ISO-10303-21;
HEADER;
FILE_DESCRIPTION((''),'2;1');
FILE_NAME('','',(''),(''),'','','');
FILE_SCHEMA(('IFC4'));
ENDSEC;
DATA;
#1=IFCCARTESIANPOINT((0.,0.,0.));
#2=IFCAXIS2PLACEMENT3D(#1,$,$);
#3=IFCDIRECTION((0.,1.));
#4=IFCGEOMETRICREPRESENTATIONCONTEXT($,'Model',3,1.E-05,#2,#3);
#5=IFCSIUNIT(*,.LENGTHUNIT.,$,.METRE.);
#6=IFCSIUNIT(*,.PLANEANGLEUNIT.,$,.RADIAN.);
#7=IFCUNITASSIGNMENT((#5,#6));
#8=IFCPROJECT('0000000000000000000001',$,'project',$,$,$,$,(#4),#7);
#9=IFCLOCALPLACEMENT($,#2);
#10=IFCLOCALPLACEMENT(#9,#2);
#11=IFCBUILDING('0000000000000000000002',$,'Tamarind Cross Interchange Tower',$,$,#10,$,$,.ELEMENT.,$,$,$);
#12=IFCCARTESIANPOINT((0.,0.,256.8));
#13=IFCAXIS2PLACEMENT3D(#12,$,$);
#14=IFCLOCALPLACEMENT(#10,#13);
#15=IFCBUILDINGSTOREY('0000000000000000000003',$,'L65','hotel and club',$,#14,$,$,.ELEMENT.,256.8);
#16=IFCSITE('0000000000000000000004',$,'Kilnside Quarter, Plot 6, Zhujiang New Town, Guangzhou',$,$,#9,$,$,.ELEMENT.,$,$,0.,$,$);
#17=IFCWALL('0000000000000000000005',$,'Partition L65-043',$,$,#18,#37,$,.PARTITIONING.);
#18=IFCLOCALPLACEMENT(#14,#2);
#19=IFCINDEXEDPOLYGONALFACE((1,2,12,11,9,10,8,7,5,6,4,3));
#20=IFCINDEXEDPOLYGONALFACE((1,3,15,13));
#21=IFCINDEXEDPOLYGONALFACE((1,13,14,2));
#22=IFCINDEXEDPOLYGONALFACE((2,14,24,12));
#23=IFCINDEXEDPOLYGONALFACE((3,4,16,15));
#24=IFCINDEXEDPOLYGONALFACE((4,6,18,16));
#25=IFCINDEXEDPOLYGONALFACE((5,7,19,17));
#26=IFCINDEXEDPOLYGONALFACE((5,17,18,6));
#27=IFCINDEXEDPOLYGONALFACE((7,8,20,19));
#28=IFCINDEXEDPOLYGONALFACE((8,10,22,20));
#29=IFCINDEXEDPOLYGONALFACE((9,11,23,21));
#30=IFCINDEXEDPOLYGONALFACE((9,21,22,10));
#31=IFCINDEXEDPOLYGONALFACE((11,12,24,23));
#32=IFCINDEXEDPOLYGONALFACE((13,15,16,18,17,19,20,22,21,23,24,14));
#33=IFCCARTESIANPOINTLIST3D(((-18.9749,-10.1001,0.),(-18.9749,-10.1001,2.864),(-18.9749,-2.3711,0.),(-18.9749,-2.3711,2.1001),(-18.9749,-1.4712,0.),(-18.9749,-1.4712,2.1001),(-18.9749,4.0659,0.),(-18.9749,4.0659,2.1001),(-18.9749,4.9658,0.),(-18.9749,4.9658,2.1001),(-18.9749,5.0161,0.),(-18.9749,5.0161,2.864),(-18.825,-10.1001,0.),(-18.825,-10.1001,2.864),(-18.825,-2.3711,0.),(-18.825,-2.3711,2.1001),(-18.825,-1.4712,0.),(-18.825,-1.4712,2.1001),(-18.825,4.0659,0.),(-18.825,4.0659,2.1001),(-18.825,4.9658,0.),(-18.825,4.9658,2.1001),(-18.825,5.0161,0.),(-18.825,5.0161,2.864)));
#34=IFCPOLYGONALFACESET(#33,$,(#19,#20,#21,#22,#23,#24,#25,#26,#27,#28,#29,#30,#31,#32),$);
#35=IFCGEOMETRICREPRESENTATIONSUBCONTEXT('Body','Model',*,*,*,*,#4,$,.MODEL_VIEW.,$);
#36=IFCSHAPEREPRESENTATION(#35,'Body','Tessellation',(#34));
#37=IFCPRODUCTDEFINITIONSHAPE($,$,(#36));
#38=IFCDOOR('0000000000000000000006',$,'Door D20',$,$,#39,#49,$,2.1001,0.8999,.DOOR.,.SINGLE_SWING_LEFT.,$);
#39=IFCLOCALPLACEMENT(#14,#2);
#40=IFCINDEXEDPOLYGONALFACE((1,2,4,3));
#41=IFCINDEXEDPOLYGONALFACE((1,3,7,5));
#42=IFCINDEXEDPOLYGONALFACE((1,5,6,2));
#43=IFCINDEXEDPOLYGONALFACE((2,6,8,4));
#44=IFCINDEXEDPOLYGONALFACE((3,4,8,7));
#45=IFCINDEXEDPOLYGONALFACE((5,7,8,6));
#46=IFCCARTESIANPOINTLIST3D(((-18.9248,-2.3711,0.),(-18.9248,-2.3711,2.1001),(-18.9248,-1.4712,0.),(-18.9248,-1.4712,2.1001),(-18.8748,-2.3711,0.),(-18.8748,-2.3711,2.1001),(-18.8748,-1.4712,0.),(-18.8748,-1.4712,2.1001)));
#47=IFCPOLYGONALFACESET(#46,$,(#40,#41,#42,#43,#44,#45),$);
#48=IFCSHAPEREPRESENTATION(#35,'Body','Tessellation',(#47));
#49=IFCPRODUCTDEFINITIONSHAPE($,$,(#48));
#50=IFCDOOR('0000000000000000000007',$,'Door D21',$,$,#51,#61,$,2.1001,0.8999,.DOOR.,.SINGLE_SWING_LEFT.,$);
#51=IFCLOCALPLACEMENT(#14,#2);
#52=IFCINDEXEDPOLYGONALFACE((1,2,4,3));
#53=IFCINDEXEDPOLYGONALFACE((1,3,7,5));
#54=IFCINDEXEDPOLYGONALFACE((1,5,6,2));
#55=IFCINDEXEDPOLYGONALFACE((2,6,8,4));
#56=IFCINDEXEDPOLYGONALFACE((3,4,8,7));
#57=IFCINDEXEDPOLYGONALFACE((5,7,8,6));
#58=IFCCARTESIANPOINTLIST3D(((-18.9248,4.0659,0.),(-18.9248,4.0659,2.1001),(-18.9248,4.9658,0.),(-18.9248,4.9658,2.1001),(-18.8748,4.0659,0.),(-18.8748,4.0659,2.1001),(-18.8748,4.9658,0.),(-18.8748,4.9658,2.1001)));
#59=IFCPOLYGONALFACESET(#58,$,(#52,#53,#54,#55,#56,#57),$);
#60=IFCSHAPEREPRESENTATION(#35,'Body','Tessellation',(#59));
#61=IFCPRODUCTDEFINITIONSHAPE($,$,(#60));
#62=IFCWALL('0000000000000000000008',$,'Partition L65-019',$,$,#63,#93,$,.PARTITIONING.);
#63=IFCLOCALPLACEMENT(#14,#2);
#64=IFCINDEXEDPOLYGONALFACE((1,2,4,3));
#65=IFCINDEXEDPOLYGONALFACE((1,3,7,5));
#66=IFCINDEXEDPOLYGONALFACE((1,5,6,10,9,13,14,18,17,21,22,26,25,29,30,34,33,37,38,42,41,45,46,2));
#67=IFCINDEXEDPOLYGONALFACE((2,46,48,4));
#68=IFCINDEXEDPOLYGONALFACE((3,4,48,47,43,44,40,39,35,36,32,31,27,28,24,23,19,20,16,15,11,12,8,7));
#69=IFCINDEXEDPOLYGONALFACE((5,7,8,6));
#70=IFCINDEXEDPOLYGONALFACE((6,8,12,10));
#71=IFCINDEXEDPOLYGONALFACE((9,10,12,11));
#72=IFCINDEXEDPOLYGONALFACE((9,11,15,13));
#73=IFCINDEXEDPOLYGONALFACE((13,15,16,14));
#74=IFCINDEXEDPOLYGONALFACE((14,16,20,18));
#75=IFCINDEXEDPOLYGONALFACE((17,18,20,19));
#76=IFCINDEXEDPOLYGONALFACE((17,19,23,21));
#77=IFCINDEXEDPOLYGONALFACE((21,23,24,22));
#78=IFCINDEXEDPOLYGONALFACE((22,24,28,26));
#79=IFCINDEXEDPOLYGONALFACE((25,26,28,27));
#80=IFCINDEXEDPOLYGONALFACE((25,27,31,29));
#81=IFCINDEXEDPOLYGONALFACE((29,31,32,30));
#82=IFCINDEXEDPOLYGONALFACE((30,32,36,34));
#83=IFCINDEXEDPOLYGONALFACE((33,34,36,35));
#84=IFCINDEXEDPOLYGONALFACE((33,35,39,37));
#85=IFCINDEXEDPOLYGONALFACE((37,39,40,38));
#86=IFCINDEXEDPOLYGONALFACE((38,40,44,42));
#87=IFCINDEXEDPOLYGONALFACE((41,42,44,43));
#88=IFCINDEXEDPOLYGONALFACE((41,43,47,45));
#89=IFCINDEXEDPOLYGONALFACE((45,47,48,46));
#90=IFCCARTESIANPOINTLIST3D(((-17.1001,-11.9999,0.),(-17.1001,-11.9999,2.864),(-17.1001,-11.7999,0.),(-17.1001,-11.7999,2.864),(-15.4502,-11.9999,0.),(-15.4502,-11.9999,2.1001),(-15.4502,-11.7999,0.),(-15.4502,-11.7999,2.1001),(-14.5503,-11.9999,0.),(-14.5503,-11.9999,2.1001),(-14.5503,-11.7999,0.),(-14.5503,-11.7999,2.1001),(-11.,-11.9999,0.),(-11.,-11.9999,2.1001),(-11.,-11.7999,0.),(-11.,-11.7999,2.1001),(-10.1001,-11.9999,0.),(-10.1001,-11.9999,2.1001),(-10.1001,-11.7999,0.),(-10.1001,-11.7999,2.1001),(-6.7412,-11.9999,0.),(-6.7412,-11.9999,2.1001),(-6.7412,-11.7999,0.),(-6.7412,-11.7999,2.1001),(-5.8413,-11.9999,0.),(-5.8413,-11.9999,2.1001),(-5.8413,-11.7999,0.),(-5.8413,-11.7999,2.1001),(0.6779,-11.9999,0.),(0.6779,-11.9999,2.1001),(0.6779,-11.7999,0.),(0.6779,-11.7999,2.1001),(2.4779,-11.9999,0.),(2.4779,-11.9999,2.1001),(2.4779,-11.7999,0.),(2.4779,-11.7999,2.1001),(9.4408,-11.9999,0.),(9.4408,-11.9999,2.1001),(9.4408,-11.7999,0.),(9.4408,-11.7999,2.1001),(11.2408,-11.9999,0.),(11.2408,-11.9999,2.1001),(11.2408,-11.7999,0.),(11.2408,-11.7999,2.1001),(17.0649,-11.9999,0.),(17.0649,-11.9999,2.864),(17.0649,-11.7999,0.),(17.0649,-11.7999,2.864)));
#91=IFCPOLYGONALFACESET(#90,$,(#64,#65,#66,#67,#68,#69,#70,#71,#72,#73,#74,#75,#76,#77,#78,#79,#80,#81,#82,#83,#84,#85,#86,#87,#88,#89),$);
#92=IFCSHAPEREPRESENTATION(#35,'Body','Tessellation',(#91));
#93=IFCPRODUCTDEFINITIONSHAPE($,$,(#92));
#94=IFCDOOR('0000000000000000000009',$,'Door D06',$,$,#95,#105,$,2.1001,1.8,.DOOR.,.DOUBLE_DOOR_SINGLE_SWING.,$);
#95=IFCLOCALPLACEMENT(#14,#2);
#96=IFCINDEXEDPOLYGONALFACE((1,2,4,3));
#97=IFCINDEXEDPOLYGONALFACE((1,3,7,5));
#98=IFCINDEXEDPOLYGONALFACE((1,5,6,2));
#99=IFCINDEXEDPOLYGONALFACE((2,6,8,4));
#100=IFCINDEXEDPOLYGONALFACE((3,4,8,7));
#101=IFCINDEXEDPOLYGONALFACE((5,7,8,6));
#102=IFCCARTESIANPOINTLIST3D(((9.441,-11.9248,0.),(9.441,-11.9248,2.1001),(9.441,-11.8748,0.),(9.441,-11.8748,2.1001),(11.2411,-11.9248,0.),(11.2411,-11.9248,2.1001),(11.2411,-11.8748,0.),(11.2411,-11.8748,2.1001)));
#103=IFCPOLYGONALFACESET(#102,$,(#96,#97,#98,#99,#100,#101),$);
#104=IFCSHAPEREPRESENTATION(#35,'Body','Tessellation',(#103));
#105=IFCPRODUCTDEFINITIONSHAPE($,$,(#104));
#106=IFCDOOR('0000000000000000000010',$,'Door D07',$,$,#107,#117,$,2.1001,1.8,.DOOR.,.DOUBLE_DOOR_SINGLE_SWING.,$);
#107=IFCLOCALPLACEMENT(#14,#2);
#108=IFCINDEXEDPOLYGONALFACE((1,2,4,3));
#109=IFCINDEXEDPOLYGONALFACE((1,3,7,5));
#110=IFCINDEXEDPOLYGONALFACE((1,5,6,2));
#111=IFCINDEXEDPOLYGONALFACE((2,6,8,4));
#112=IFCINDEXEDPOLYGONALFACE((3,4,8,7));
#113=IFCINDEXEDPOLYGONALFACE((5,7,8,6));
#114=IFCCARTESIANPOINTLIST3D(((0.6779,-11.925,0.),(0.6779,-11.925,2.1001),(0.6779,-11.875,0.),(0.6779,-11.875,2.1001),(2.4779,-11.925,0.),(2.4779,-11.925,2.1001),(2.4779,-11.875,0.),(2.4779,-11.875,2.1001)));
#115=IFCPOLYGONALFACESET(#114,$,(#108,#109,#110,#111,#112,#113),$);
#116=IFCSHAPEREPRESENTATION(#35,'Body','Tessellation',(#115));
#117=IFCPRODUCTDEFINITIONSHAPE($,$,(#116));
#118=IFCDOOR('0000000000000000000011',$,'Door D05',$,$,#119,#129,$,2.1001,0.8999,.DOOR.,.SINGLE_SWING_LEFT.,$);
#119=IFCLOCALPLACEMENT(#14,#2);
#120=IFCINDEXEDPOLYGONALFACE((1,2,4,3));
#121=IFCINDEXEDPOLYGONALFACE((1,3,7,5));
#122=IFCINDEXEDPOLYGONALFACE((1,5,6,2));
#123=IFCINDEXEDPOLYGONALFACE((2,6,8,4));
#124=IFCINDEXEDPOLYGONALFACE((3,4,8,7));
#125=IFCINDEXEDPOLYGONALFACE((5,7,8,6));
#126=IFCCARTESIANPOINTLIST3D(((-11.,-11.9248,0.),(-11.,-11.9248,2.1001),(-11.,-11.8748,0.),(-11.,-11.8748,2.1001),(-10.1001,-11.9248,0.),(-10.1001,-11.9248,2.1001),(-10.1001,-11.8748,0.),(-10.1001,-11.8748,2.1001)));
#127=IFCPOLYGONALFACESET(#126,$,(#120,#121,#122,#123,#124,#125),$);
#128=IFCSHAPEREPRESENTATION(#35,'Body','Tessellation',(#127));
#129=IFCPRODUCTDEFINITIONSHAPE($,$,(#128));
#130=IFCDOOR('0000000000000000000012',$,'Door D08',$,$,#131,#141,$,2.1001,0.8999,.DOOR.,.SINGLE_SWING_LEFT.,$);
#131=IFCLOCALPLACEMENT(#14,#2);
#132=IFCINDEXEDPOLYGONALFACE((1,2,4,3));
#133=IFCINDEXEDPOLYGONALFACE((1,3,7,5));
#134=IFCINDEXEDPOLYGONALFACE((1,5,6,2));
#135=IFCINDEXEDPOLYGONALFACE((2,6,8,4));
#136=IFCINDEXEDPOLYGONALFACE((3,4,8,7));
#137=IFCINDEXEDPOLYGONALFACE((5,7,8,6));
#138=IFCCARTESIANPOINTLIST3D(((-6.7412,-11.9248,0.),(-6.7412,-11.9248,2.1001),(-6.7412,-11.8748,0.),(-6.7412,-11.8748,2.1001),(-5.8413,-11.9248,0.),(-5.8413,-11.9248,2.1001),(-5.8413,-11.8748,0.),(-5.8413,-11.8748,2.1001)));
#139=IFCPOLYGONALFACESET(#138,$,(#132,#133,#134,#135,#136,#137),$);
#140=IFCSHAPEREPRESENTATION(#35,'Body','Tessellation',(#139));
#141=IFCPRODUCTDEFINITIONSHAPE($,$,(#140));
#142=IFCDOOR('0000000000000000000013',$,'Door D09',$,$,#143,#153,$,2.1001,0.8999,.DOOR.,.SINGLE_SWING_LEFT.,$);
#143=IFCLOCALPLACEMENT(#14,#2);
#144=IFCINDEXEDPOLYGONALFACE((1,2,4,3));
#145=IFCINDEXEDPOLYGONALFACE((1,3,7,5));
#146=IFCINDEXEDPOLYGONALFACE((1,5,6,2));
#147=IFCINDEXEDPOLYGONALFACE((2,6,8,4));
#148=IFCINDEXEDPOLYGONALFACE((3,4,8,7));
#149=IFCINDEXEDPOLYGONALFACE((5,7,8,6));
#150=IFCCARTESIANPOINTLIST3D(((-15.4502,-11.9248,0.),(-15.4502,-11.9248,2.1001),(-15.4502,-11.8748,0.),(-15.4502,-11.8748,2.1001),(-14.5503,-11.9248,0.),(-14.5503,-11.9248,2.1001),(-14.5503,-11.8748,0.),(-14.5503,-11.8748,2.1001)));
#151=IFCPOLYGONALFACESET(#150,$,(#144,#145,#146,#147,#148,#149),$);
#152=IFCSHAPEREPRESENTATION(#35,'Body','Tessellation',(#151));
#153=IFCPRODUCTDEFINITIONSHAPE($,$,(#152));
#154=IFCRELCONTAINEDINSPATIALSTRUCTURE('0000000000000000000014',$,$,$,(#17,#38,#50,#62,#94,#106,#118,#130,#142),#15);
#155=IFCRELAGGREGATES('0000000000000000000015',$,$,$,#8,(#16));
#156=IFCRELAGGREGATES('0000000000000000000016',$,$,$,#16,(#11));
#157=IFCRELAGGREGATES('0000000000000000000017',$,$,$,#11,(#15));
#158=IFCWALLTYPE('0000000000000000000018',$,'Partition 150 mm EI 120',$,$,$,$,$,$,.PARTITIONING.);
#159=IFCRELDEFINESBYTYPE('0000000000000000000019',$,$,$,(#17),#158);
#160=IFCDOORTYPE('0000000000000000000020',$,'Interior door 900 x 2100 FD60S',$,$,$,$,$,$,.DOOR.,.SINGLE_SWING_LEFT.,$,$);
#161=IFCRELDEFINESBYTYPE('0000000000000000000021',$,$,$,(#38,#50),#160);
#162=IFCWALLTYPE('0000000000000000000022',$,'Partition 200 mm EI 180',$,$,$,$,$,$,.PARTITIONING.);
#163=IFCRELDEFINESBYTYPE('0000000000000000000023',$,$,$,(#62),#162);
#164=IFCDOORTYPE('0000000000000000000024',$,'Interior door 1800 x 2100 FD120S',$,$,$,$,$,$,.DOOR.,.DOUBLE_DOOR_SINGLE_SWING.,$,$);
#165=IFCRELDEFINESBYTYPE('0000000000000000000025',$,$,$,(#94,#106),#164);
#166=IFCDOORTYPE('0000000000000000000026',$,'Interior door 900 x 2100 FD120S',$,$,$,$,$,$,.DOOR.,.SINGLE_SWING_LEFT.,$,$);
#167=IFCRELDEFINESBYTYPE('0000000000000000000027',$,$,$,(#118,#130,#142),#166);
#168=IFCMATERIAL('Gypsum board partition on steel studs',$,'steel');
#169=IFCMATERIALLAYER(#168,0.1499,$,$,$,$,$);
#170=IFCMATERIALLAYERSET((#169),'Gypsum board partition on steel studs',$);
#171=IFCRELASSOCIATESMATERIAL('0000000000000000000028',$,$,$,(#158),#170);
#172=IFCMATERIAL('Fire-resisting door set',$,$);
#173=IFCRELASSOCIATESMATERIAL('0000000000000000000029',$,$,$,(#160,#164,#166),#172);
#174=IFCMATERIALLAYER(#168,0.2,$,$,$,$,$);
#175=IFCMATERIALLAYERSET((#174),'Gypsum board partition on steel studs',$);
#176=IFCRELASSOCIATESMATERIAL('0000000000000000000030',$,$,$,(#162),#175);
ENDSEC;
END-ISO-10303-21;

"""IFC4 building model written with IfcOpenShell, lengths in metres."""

from ifc_helpers import new_model, si_unit, direction, frame, frame_2d, origin, place, context, subcontext, project, spatial, rectangle, extrude, material, layer, layer_set, type_object, element, fill, save


model = new_model("IFC4")

# Units and contexts
model_context = context("Model", 3, precision=1e-05, world=origin(), true_north=direction((0.0, 1.0)))
body_context = subcontext(model_context, "Body", "Model", "MODEL_VIEW")
ifc_project = project(units=[si_unit("LENGTHUNIT", "METRE"), si_unit("PLANEANGLEUNIT", "RADIAN")], contexts=[model_context])

# Site, building, storey
site_placement = place(None, origin())
site = spatial("IfcSite", under=ifc_project, at=site_placement, Name="Kilnside Quarter, Plot 6, Zhujiang New Town, Guangzhou", CompositionType="ELEMENT", RefElevation=0.0)
building_placement = place(site_placement, origin())
building = spatial("IfcBuilding", under=site, at=building_placement, Name="Tamarind Cross Interchange Tower", CompositionType="ELEMENT")
storey_placement = place(building_placement, frame((0.0, 0.0, 256.8)))
storey = spatial("IfcBuildingStorey", under=building, at=storey_placement, Name="L65", Description="hotel and club", CompositionType="ELEMENT", Elevation=256.8)

# Shared definitions
ifc_material_1 = material(Name="Gypsum board partition on steel studs", Category="steel")
ifc_layer_1 = layer(ifc_material_1, 0.1499)
ifc_layer_set_1 = layer_set([ifc_layer_1], Name="Gypsum board partition on steel studs")
wall_type_1 = type_object("IfcWallType", Name="Partition 150 mm EI 120", PredefinedType="PARTITIONING", material=ifc_layer_set_1)

# Walls, openings, doors
wall_1_placement = place(storey_placement, frame((-18.8999, -10.1001, 0.0), z_axis=(0.0, 0.0, 1.0), x_axis=(0.0, 1.0, 0.0)))
wall_1 = element("IfcWall", 1, at=wall_1_placement, inside=storey, type_object=wall_type_1, Name="Partition L65-043", PredefinedType="PARTITIONING", context=body_context, shape_type="SweptSolid", body=[
    extrude(rectangle(XDim=15.1162, YDim=0.1499, at=frame_2d((7.5581, 0.0))), origin(), (0.0, 0.0, 1.0), 2.864),
])
opening_1_placement = place(wall_1_placement, frame((7.729, 0.0, 0.0)))
opening_1 = element("IfcOpeningElement", 2, at=opening_1_placement, cuts=wall_1, PredefinedType="OPENING", context=body_context, shape_type="SweptSolid", body=[
    extrude(rectangle(XDim=0.8999, YDim=2.1001, at=frame_2d((0.45, 1.05))), frame((0.0, 0.085, 0.0), z_axis=(0.0, -1.0, 0.0), x_axis=(1.0, 0.0, 0.0)), (0.0, 0.0, 1.0), 0.1699),
])
opening_2_placement = place(wall_1_placement, frame((14.166, 0.0, 0.0)))
opening_2 = element("IfcOpeningElement", 3, at=opening_2_placement, cuts=wall_1, PredefinedType="OPENING", context=body_context, shape_type="SweptSolid", body=[
    extrude(rectangle(XDim=0.8999, YDim=2.1001, at=frame_2d((0.45, 1.05))), frame((0.0, 0.085, 0.0), z_axis=(0.0, -1.0, 0.0), x_axis=(1.0, 0.0, 0.0)), (0.0, 0.0, 1.0), 0.1699),
])
ifc_material_2 = material(Name="Fire-resisting door set")
door_type_1 = type_object("IfcDoorType", Name="Interior door 900 x 2100 FD60S", OperationType="SINGLE_SWING_LEFT", PredefinedType="DOOR", material=ifc_material_2)
door_1_placement = place(opening_1_placement, origin())
door_1 = element("IfcDoor", 4, at=door_1_placement, inside=storey, type_object=door_type_1, Name="Door D20", OperationType="SINGLE_SWING_LEFT", OverallHeight=2.1001, OverallWidth=0.8999, PredefinedType="DOOR", context=body_context, shape_type="SweptSolid", body=[
    extrude(rectangle(XDim=0.8999, YDim=2.1001, at=frame_2d((0.45, 1.05))), frame((0.0, 0.0249, 0.0), z_axis=(0.0, -1.0, 0.0), x_axis=(1.0, 0.0, 0.0)), (0.0, 0.0, 1.0), 0.05),
])
fill(opening_1, door_1)
door_2_placement = place(opening_2_placement, origin())
door_2 = element("IfcDoor", 5, at=door_2_placement, inside=storey, type_object=door_type_1, Name="Door D21", OperationType="SINGLE_SWING_LEFT", OverallHeight=2.1001, OverallWidth=0.8999, PredefinedType="DOOR", context=body_context, shape_type="SweptSolid", body=[
    extrude(rectangle(XDim=0.8999, YDim=2.1001, at=frame_2d((0.45, 1.05))), frame((0.0, 0.0249, 0.0), z_axis=(0.0, -1.0, 0.0), x_axis=(1.0, 0.0, 0.0)), (0.0, 0.0, 1.0), 0.05),
])
fill(opening_2, door_2)
ifc_layer_2 = layer(ifc_material_1, 0.2)
ifc_layer_set_2 = layer_set([ifc_layer_2], Name="Gypsum board partition on steel studs")
wall_type_2 = type_object("IfcWallType", Name="Partition 200 mm EI 180", PredefinedType="PARTITIONING", material=ifc_layer_set_2)
wall_2_placement = place(storey_placement, frame((-17.1001, -11.8999, 0.0), z_axis=(0.0, 0.0, 1.0), x_axis=(1.0, 0.0, 0.0)))
wall_2 = element("IfcWall", 6, at=wall_2_placement, inside=storey, type_object=wall_type_2, Name="Partition L65-019", PredefinedType="PARTITIONING", context=body_context, shape_type="SweptSolid", body=[
    extrude(rectangle(XDim=34.165, YDim=0.2, at=frame_2d((17.0825, 0.0))), origin(), (0.0, 0.0, 1.0), 2.864),
])
opening_3_placement = place(wall_2_placement, frame((6.1001, 0.0, 0.0)))
opening_3 = element("IfcOpeningElement", 7, at=opening_3_placement, cuts=wall_2, PredefinedType="OPENING", context=body_context, shape_type="SweptSolid", body=[
    extrude(rectangle(XDim=0.8999, YDim=2.1001, at=frame_2d((0.45, 1.05))), frame((0.0, 0.1099, 0.0), z_axis=(0.0, -1.0, 0.0), x_axis=(1.0, 0.0, 0.0)), (0.0, 0.0, 1.0), 0.22),
])
opening_4_placement = place(wall_2_placement, frame((26.541, 0.0, 0.0)))
opening_4 = element("IfcOpeningElement", 8, at=opening_4_placement, cuts=wall_2, PredefinedType="OPENING", context=body_context, shape_type="SweptSolid", body=[
    extrude(rectangle(XDim=1.8, YDim=2.1001, at=frame_2d((0.8999, 1.05))), frame((0.0, 0.1099, 0.0), z_axis=(0.0, -1.0, 0.0), x_axis=(1.0, 0.0, 0.0)), (0.0, 0.0, 1.0), 0.22),
])
opening_5_placement = place(wall_2_placement, frame((17.7781, 0.0, 0.0)))
opening_5 = element("IfcOpeningElement", 9, at=opening_5_placement, cuts=wall_2, PredefinedType="OPENING", context=body_context, shape_type="SweptSolid", body=[
    extrude(rectangle(XDim=1.8, YDim=2.1001, at=frame_2d((0.8999, 1.05))), frame((0.0, 0.1099, 0.0), z_axis=(0.0, -1.0, 0.0), x_axis=(1.0, 0.0, 0.0)), (0.0, 0.0, 1.0), 0.22),
])
opening_6_placement = place(wall_2_placement, frame((10.3589, 0.0, 0.0)))
opening_6 = element("IfcOpeningElement", 10, at=opening_6_placement, cuts=wall_2, PredefinedType="OPENING", context=body_context, shape_type="SweptSolid", body=[
    extrude(rectangle(XDim=0.8999, YDim=2.1001, at=frame_2d((0.45, 1.05))), frame((0.0, 0.1099, 0.0), z_axis=(0.0, -1.0, 0.0), x_axis=(1.0, 0.0, 0.0)), (0.0, 0.0, 1.0), 0.22),
])
opening_7_placement = place(wall_2_placement, frame((1.6499, 0.0, 0.0)))
opening_7 = element("IfcOpeningElement", 11, at=opening_7_placement, cuts=wall_2, PredefinedType="OPENING", context=body_context, shape_type="SweptSolid", body=[
    extrude(rectangle(XDim=0.8999, YDim=2.1001, at=frame_2d((0.45, 1.05))), frame((0.0, 0.1099, 0.0), z_axis=(0.0, -1.0, 0.0), x_axis=(1.0, 0.0, 0.0)), (0.0, 0.0, 1.0), 0.22),
])
door_type_2 = type_object("IfcDoorType", Name="Interior door 1800 x 2100 FD120S", OperationType="DOUBLE_DOOR_SINGLE_SWING", PredefinedType="DOOR", material=ifc_material_2)
door_3_placement = place(opening_4_placement, frame((1.8, 0.0, 0.0), z_axis=(0.0, 0.0, 1.0), x_axis=(-1.0, 0.0, 0.0)))
door_3 = element("IfcDoor", 12, at=door_3_placement, inside=storey, type_object=door_type_2, Name="Door D06", OperationType="DOUBLE_DOOR_SINGLE_SWING", OverallHeight=2.1001, OverallWidth=1.8, PredefinedType="DOOR", context=body_context, shape_type="SweptSolid", body=[
    extrude(rectangle(XDim=1.8, YDim=2.1001, at=frame_2d((0.8999, 1.05))), frame((0.0, 0.0249, 0.0), z_axis=(0.0, -1.0, 0.0), x_axis=(1.0, 0.0, 0.0)), (0.0, 0.0, 1.0), 0.05),
])
fill(opening_4, door_3)
door_4_placement = place(opening_5_placement, origin())
door_4 = element("IfcDoor", 13, at=door_4_placement, inside=storey, type_object=door_type_2, Name="Door D07", OperationType="DOUBLE_DOOR_SINGLE_SWING", OverallHeight=2.1001, OverallWidth=1.8, PredefinedType="DOOR", context=body_context, shape_type="SweptSolid", body=[
    extrude(rectangle(XDim=1.8, YDim=2.1001, at=frame_2d((0.8999, 1.05))), frame((0.0, 0.0249, 0.0), z_axis=(0.0, -1.0, 0.0), x_axis=(1.0, 0.0, 0.0)), (0.0, 0.0, 1.0), 0.05),
])
fill(opening_5, door_4)
door_type_3 = type_object("IfcDoorType", Name="Interior door 900 x 2100 FD120S", OperationType="SINGLE_SWING_LEFT", PredefinedType="DOOR", material=ifc_material_2)
door_5_placement = place(opening_3_placement, frame((0.8999, 0.0, 0.0), z_axis=(0.0, 0.0, 1.0), x_axis=(-1.0, 0.0, 0.0)))
door_5 = element("IfcDoor", 14, at=door_5_placement, inside=storey, type_object=door_type_3, Name="Door D05", OperationType="SINGLE_SWING_LEFT", OverallHeight=2.1001, OverallWidth=0.8999, PredefinedType="DOOR", context=body_context, shape_type="SweptSolid", body=[
    extrude(rectangle(XDim=0.8999, YDim=2.1001, at=frame_2d((0.45, 1.05))), frame((0.0, 0.0249, 0.0), z_axis=(0.0, -1.0, 0.0), x_axis=(1.0, 0.0, 0.0)), (0.0, 0.0, 1.0), 0.05),
])
fill(opening_3, door_5)
door_6_placement = place(opening_6_placement, frame((0.8999, 0.0, 0.0), z_axis=(0.0, 0.0, 1.0), x_axis=(-1.0, 0.0, 0.0)))
door_6 = element("IfcDoor", 15, at=door_6_placement, inside=storey, type_object=door_type_3, Name="Door D08", OperationType="SINGLE_SWING_LEFT", OverallHeight=2.1001, OverallWidth=0.8999, PredefinedType="DOOR", context=body_context, shape_type="SweptSolid", body=[
    extrude(rectangle(XDim=0.8999, YDim=2.1001, at=frame_2d((0.45, 1.05))), frame((0.0, 0.0249, 0.0), z_axis=(0.0, -1.0, 0.0), x_axis=(1.0, 0.0, 0.0)), (0.0, 0.0, 1.0), 0.05),
])
fill(opening_6, door_6)
door_7_placement = place(opening_7_placement, frame((0.8999, 0.0, 0.0), z_axis=(0.0, 0.0, 1.0), x_axis=(-1.0, 0.0, 0.0)))
door_7 = element("IfcDoor", 16, at=door_7_placement, inside=storey, type_object=door_type_3, Name="Door D09", OperationType="SINGLE_SWING_LEFT", OverallHeight=2.1001, OverallWidth=0.8999, PredefinedType="DOOR", context=body_context, shape_type="SweptSolid", body=[
    extrude(rectangle(XDim=0.8999, YDim=2.1001, at=frame_2d((0.45, 1.05))), frame((0.0, 0.0249, 0.0), z_axis=(0.0, -1.0, 0.0), x_axis=(1.0, 0.0, 0.0)), (0.0, 0.0, 1.0), 0.05),
])
fill(opening_7, door_7)

save(model, "model.ifc")
